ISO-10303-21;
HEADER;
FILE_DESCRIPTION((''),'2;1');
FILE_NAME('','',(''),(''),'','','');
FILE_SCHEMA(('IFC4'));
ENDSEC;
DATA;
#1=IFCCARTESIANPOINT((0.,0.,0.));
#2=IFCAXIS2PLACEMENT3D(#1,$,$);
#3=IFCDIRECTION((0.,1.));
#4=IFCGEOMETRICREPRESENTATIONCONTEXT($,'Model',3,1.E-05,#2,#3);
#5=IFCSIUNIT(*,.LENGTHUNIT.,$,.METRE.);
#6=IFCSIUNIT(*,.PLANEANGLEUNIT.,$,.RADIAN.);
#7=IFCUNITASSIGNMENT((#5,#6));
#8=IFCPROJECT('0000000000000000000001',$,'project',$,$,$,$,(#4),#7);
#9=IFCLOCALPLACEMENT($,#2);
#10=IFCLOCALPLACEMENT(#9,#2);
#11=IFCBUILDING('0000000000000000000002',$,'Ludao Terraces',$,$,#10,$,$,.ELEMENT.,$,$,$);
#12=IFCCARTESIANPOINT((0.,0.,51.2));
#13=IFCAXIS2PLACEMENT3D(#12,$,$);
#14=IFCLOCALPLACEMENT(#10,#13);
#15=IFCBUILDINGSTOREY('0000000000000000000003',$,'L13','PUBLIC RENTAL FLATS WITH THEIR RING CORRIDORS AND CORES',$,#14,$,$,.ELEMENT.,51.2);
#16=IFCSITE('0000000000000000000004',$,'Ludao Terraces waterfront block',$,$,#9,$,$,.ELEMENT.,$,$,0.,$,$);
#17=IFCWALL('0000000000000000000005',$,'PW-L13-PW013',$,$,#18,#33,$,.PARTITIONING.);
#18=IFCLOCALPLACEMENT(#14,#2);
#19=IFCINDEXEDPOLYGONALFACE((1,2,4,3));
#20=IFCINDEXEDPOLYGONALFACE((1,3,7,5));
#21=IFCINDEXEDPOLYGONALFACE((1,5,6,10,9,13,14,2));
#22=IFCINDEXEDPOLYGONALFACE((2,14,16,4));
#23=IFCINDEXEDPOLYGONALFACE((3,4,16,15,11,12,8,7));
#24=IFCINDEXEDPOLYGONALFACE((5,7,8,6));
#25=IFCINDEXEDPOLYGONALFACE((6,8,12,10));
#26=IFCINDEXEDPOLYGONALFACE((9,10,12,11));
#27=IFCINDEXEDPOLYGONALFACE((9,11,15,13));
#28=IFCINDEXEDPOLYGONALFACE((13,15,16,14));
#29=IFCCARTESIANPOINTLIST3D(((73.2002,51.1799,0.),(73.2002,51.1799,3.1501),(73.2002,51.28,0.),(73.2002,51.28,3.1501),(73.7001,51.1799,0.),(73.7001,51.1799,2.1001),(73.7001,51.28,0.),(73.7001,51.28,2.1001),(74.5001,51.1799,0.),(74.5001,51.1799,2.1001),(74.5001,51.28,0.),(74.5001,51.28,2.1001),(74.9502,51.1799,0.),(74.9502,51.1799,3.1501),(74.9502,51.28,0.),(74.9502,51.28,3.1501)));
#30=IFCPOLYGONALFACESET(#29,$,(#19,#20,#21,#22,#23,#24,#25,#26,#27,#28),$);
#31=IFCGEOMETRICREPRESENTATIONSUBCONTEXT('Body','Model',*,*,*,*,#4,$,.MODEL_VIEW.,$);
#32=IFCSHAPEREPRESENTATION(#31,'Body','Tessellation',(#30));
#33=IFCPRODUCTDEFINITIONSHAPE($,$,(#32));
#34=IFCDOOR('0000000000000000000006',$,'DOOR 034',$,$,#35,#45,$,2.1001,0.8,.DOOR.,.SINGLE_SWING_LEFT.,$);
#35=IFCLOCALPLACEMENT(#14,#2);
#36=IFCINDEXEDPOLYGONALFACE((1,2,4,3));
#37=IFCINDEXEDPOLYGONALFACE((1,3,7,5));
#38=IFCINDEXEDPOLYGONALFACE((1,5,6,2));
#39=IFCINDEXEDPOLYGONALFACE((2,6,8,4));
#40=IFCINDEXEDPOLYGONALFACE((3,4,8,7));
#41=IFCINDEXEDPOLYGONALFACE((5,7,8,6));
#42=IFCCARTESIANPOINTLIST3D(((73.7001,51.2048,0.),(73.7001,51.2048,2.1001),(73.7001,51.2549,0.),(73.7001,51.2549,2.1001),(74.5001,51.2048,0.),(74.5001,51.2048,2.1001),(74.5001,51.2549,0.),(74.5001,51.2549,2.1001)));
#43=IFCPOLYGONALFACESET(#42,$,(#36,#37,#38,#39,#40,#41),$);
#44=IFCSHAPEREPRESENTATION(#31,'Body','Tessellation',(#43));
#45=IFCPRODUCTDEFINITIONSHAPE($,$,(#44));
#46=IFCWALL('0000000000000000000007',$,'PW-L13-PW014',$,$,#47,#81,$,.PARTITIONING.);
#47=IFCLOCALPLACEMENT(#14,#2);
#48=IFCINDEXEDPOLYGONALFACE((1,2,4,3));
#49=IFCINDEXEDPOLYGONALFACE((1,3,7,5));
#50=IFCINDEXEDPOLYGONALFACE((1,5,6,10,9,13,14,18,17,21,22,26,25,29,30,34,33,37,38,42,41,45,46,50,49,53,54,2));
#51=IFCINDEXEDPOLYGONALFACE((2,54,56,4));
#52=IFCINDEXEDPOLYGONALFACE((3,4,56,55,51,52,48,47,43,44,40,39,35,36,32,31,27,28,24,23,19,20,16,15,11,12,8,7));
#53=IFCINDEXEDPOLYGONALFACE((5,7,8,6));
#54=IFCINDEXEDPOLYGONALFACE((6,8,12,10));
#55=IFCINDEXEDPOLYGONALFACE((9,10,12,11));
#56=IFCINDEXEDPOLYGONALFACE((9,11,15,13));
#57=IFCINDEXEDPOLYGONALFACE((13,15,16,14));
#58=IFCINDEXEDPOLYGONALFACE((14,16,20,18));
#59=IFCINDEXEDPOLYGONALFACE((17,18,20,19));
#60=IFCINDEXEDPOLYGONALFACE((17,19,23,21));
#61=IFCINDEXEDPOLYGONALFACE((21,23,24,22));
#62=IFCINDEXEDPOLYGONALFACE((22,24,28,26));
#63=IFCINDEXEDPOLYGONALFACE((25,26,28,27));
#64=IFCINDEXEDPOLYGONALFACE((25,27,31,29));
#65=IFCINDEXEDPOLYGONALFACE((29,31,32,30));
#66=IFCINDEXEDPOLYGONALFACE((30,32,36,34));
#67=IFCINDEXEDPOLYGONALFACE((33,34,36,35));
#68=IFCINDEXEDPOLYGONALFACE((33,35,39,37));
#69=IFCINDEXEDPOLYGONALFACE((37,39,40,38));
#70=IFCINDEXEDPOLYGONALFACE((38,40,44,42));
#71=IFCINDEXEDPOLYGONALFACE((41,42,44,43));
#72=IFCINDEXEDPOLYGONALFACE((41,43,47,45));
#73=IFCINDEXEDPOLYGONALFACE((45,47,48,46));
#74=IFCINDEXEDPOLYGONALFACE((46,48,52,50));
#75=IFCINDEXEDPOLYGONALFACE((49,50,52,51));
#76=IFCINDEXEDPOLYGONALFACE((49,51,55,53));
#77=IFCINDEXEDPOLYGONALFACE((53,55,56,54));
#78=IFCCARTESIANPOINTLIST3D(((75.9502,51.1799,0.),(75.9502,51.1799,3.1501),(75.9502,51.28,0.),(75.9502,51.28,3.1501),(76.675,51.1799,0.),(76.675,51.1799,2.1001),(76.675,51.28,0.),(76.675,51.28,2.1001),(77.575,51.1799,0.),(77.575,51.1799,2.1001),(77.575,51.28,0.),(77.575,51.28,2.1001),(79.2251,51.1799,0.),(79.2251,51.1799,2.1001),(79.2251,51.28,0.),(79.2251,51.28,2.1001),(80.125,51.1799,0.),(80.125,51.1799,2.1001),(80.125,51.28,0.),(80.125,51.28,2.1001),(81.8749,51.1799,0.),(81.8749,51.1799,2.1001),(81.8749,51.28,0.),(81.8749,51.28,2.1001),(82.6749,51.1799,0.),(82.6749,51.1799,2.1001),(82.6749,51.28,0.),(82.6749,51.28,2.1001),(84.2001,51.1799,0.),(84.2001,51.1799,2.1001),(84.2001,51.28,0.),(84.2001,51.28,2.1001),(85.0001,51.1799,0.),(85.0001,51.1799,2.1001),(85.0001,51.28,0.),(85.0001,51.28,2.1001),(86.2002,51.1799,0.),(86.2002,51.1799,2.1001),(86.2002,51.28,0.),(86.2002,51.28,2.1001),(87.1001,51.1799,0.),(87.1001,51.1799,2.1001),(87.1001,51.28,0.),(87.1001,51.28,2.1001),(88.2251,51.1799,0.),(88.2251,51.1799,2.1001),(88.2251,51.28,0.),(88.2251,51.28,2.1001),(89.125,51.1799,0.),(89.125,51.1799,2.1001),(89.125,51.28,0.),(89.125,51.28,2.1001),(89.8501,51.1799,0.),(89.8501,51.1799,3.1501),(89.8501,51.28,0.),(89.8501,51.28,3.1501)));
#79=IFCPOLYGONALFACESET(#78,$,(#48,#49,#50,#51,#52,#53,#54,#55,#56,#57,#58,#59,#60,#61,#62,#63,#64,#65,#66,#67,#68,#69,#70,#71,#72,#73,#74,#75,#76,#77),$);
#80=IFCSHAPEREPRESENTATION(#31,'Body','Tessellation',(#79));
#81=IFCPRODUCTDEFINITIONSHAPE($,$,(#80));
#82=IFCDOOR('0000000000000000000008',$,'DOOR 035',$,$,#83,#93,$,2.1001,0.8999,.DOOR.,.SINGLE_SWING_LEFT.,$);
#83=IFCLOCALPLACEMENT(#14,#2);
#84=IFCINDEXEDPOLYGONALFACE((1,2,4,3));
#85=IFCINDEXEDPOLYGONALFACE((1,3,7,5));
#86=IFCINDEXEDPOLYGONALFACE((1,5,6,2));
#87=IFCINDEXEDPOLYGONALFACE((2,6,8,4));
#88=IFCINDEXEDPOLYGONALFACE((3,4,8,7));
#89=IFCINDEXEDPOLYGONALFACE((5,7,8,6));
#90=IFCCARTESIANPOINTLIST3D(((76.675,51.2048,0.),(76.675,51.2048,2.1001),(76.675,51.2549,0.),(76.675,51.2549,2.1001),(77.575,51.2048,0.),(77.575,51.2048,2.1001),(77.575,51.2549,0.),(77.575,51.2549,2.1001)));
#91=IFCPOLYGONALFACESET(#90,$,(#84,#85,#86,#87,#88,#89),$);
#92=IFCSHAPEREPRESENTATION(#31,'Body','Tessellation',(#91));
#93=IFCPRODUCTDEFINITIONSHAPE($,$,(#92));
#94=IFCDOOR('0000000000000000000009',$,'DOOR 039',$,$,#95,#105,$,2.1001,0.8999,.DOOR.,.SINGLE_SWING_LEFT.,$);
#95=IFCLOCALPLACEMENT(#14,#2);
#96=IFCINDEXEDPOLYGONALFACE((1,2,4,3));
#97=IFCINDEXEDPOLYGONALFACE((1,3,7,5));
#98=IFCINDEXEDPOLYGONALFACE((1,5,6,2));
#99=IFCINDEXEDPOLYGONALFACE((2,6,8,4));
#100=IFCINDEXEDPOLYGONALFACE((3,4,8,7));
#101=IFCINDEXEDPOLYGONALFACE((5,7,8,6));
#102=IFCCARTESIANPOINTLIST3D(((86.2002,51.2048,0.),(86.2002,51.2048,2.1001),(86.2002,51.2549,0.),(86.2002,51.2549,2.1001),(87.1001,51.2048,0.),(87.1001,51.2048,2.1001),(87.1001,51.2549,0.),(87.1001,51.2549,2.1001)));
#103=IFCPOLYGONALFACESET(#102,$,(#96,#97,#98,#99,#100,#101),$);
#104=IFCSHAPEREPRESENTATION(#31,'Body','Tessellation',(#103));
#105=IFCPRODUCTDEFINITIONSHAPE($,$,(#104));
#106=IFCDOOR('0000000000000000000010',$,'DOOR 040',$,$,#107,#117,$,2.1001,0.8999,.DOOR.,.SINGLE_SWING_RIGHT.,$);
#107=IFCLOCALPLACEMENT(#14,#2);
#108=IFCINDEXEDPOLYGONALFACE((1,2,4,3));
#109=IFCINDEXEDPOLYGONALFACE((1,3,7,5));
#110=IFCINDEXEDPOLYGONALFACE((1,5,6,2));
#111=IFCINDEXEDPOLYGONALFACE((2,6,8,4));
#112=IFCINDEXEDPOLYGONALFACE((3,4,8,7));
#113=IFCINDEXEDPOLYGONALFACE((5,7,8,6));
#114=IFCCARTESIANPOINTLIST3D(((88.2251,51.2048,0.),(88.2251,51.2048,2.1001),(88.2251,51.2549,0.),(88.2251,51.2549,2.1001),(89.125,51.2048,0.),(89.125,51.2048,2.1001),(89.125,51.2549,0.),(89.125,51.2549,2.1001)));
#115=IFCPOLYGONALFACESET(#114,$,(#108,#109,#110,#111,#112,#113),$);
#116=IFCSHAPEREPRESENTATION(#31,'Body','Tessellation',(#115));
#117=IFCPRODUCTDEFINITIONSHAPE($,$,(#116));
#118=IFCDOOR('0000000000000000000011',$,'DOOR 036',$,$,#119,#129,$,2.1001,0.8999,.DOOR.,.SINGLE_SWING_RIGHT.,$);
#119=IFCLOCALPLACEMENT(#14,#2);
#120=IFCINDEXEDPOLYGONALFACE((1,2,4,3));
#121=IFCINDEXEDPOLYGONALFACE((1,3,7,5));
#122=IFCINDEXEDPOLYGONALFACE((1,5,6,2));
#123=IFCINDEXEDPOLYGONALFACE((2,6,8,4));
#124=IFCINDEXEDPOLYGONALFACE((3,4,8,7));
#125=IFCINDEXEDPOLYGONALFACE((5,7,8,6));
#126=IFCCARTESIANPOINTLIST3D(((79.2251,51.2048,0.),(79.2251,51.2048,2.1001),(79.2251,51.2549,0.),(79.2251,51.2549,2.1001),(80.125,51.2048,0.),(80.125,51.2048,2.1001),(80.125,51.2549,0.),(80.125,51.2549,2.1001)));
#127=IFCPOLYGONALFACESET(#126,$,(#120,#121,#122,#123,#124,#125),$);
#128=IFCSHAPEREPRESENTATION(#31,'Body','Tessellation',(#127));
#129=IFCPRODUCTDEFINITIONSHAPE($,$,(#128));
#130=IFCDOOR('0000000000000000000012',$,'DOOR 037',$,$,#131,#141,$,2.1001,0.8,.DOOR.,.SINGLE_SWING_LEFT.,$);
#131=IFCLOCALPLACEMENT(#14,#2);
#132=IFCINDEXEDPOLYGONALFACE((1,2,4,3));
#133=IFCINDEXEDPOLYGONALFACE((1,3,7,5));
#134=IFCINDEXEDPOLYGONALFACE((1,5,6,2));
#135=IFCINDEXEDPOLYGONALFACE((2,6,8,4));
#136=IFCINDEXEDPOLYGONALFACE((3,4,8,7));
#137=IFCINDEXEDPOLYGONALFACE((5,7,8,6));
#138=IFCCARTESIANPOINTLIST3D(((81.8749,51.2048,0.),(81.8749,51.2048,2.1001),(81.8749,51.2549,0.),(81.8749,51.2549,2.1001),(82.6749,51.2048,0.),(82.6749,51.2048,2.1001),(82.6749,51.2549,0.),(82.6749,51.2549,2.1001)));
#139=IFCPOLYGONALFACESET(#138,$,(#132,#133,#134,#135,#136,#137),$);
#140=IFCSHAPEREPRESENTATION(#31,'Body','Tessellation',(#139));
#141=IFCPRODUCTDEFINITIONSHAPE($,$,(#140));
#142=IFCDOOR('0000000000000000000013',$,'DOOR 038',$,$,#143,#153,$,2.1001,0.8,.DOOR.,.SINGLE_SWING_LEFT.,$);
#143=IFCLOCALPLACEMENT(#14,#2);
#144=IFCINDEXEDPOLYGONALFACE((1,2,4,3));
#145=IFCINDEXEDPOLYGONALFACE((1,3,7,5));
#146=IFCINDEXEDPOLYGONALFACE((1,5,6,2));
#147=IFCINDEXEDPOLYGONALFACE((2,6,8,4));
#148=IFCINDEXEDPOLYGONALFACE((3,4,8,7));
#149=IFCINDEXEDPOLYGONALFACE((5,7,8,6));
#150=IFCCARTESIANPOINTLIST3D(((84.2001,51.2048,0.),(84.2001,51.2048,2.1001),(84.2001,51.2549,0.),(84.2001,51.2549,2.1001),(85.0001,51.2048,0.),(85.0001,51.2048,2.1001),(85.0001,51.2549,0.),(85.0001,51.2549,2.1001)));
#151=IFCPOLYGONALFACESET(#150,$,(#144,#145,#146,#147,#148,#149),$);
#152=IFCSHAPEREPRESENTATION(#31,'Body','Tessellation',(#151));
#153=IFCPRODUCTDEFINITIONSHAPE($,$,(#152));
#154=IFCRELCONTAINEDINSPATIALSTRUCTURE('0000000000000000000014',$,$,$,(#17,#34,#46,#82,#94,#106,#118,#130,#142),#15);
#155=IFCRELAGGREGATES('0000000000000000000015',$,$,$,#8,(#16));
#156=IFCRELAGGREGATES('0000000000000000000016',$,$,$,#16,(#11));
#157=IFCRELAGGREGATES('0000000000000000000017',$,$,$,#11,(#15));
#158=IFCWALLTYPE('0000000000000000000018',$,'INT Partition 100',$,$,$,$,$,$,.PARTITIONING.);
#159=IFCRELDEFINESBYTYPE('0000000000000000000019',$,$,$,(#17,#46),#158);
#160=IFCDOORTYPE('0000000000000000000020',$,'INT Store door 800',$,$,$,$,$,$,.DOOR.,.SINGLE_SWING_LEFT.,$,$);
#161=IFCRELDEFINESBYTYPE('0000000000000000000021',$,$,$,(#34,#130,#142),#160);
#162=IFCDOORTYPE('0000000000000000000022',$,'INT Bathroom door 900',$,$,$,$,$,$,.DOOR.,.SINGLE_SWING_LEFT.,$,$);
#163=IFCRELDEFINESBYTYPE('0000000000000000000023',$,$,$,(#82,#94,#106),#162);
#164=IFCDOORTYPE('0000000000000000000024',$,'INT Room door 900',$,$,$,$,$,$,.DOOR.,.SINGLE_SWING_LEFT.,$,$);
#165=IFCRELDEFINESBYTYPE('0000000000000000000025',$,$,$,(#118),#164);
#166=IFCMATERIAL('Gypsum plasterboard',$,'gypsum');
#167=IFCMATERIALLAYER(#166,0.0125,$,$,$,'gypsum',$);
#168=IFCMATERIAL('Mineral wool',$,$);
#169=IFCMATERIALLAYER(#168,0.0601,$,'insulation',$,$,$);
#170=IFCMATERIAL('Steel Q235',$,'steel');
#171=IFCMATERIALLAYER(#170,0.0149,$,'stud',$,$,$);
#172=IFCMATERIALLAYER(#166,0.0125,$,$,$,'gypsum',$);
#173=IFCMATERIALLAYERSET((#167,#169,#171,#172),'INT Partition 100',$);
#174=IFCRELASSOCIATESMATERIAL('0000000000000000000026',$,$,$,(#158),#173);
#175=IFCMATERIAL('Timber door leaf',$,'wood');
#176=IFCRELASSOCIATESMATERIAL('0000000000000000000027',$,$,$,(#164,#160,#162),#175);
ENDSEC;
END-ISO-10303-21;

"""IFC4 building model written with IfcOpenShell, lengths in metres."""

from ifc_helpers import new_model, si_unit, direction, frame, frame_2d, origin, place, context, subcontext, project, spatial, rectangle, extrude, material, layer, layer_set, type_object, element, fill, save


model = new_model("IFC4")

# Units and contexts
model_context = context("Model", 3, precision=1e-05, world=origin(), true_north=direction((0.0, 1.0)))
body_context = subcontext(model_context, "Body", "Model", "MODEL_VIEW")
ifc_project = project(units=[si_unit("LENGTHUNIT", "METRE"), si_unit("PLANEANGLEUNIT", "RADIAN")], contexts=[model_context])

# Site, building, storey
site_placement = place(None, origin())
site = spatial("IfcSite", under=ifc_project, at=site_placement, Name="Ludao Terraces waterfront block", CompositionType="ELEMENT", RefElevation=0.0)
building_placement = place(site_placement, origin())
building = spatial("IfcBuilding", under=site, at=building_placement, Name="Ludao Terraces", CompositionType="ELEMENT")
storey_placement = place(building_placement, frame((0.0, 0.0, 51.2)))
storey = spatial("IfcBuildingStorey", under=building, at=storey_placement, Name="L13", Description="PUBLIC RENTAL FLATS WITH THEIR RING CORRIDORS AND CORES", CompositionType="ELEMENT", Elevation=51.2)

# Shared definitions
ifc_material_1 = material(Name="Gypsum plasterboard", Category="gypsum")
ifc_layer_1 = layer(ifc_material_1, 0.0125, Category="gypsum")
ifc_material_2 = material(Name="Mineral wool")
ifc_layer_2 = layer(ifc_material_2, 0.0601, Name="insulation")
ifc_material_3 = material(Name="Steel Q235", Category="steel")
ifc_layer_3 = layer(ifc_material_3, 0.0149, Name="stud")
ifc_layer_4 = layer(ifc_material_1, 0.0125, Category="gypsum")
ifc_layer_set = layer_set([ifc_layer_1, ifc_layer_2, ifc_layer_3, ifc_layer_4], Name="INT Partition 100")
wall_type = type_object("IfcWallType", Name="INT Partition 100", PredefinedType="PARTITIONING", material=ifc_layer_set)
ifc_material_4 = material(Name="Timber door leaf", Category="wood")
door_type_1 = type_object("IfcDoorType", Name="INT Room door 900", OperationType="SINGLE_SWING_LEFT", PredefinedType="DOOR", material=ifc_material_4)

# Wall, opening, door
wall_1_placement = place(storey_placement, frame((73.2002, 51.23, 0.0), z_axis=(0.0, 0.0, 1.0), x_axis=(1.0, 0.0, 0.0)))
wall_1 = element("IfcWall", 1, at=wall_1_placement, inside=storey, type_object=wall_type, Name="PW-L13-PW013", PredefinedType="PARTITIONING", context=body_context, shape_type="SweptSolid", body=[
    extrude(rectangle(XDim=1.75, YDim=0.1001, at=frame_2d((0.875, 0.0))), origin(), (0.0, 0.0, 1.0), 3.1501),
])
opening_1_placement = place(wall_1_placement, frame((0.5, 0.0, 0.0)))
opening_1 = element("IfcOpeningElement", 2, at=opening_1_placement, cuts=wall_1, PredefinedType="OPENING", context=body_context, shape_type="SweptSolid", body=[
    extrude(rectangle(XDim=0.8, YDim=2.1001, at=frame_2d((0.3999, 1.05))), frame((0.0, 0.0601, 0.0), z_axis=(0.0, -1.0, 0.0), x_axis=(1.0, 0.0, 0.0)), (0.0, 0.0, 1.0), 0.1201),
])
door_type_2 = type_object("IfcDoorType", Name="INT Store door 800", OperationType="SINGLE_SWING_LEFT", PredefinedType="DOOR", material=ifc_material_4)
door_1_placement = place(opening_1_placement, origin())
door_1 = element("IfcDoor", 3, at=door_1_placement, inside=storey, type_object=door_type_2, Name="DOOR 034", OperationType="SINGLE_SWING_LEFT", OverallHeight=2.1001, OverallWidth=0.8, PredefinedType="DOOR", context=body_context, shape_type="SweptSolid", body=[
    extrude(rectangle(XDim=0.8, YDim=2.1001, at=frame_2d((0.3999, 1.05))), frame((0.0, 0.0249, 0.0), z_axis=(0.0, -1.0, 0.0), x_axis=(1.0, 0.0, 0.0)), (0.0, 0.0, 1.0), 0.05),
])
fill(opening_1, door_1)

# Wall, openings, doors
wall_2_placement = place(storey_placement, frame((75.9502, 51.23, 0.0), z_axis=(0.0, 0.0, 1.0), x_axis=(1.0, 0.0, 0.0)))
wall_2 = element("IfcWall", 4, at=wall_2_placement, inside=storey, type_object=wall_type, Name="PW-L13-PW014", PredefinedType="PARTITIONING", context=body_context, shape_type="SweptSolid", body=[
    extrude(rectangle(XDim=13.8999, YDim=0.1001, at=frame_2d((6.95, 0.0))), origin(), (0.0, 0.0, 1.0), 3.1501),
])
opening_2_placement = place(wall_2_placement, frame((0.7249, 0.0, 0.0)))
opening_2 = element("IfcOpeningElement", 5, at=opening_2_placement, cuts=wall_2, PredefinedType="OPENING", context=body_context, shape_type="SweptSolid", body=[
    extrude(rectangle(XDim=0.8999, YDim=2.1001, at=frame_2d((0.45, 1.05))), frame((0.0, 0.0601, 0.0), z_axis=(0.0, -1.0, 0.0), x_axis=(1.0, 0.0, 0.0)), (0.0, 0.0, 1.0), 0.1201),
])
opening_3_placement = place(wall_2_placement, frame((3.2749, 0.0, 0.0)))
opening_3 = element("IfcOpeningElement", 6, at=opening_3_placement, cuts=wall_2, PredefinedType="OPENING", context=body_context, shape_type="SweptSolid", body=[
    extrude(rectangle(XDim=0.8999, YDim=2.1001, at=frame_2d((0.45, 1.05))), frame((0.0, 0.0601, 0.0), z_axis=(0.0, -1.0, 0.0), x_axis=(1.0, 0.0, 0.0)), (0.0, 0.0, 1.0), 0.1201),
])
opening_4_placement = place(wall_2_placement, frame((5.9248, 0.0, 0.0)))
opening_4 = element("IfcOpeningElement", 7, at=opening_4_placement, cuts=wall_2, PredefinedType="OPENING", context=body_context, shape_type="SweptSolid", body=[
    extrude(rectangle(XDim=0.8, YDim=2.1001, at=frame_2d((0.3999, 1.05))), frame((0.0, 0.0601, 0.0), z_axis=(0.0, -1.0, 0.0), x_axis=(1.0, 0.0, 0.0)), (0.0, 0.0, 1.0), 0.1201),
])
opening_5_placement = place(wall_2_placement, frame((8.25, 0.0, 0.0)))
opening_5 = element("IfcOpeningElement", 8, at=opening_5_placement, cuts=wall_2, PredefinedType="OPENING", context=body_context, shape_type="SweptSolid", body=[
    extrude(rectangle(XDim=0.8, YDim=2.1001, at=frame_2d((0.3999, 1.05))), frame((0.0, 0.0601, 0.0), z_axis=(0.0, -1.0, 0.0), x_axis=(1.0, 0.0, 0.0)), (0.0, 0.0, 1.0), 0.1201),
])
opening_6_placement = place(wall_2_placement, frame((10.25, 0.0, 0.0)))
opening_6 = element("IfcOpeningElement", 9, at=opening_6_placement, cuts=wall_2, PredefinedType="OPENING", context=body_context, shape_type="SweptSolid", body=[
    extrude(rectangle(XDim=0.8999, YDim=2.1001, at=frame_2d((0.45, 1.05))), frame((0.0, 0.0601, 0.0), z_axis=(0.0, -1.0, 0.0), x_axis=(1.0, 0.0, 0.0)), (0.0, 0.0, 1.0), 0.1201),
])
opening_7_placement = place(wall_2_placement, frame((12.2749, 0.0, 0.0)))
opening_7 = element("IfcOpeningElement", 10, at=opening_7_placement, cuts=wall_2, PredefinedType="OPENING", context=body_context, shape_type="SweptSolid", body=[
    extrude(rectangle(XDim=0.8999, YDim=2.1001, at=frame_2d((0.45, 1.05))), frame((0.0, 0.0601, 0.0), z_axis=(0.0, -1.0, 0.0), x_axis=(1.0, 0.0, 0.0)), (0.0, 0.0, 1.0), 0.1201),
])
door_type_3 = type_object("IfcDoorType", Name="INT Bathroom door 900", OperationType="SINGLE_SWING_LEFT", PredefinedType="DOOR", material=ifc_material_4)
door_2_placement = place(opening_2_placement, origin())
door_2 = element("IfcDoor", 11, at=door_2_placement, inside=storey, type_object=door_type_3, Name="DOOR 035", OperationType="SINGLE_SWING_LEFT", OverallHeight=2.1001, OverallWidth=0.8999, PredefinedType="DOOR", context=body_context, shape_type="SweptSolid", body=[
    extrude(rectangle(XDim=0.8999, YDim=2.1001, at=frame_2d((0.45, 1.05))), frame((0.0, 0.0249, 0.0), z_axis=(0.0, -1.0, 0.0), x_axis=(1.0, 0.0, 0.0)), (0.0, 0.0, 1.0), 0.05),
])
fill(opening_2, door_2)
door_3_placement = place(opening_6_placement, origin())
door_3 = element("IfcDoor", 12, at=door_3_placement, inside=storey, type_object=door_type_3, Name="DOOR 039", OperationType="SINGLE_SWING_LEFT", OverallHeight=2.1001, OverallWidth=0.8999, PredefinedType="DOOR", context=body_context, shape_type="SweptSolid", body=[
    extrude(rectangle(XDim=0.8999, YDim=2.1001, at=frame_2d((0.45, 1.05))), frame((0.0, 0.0249, 0.0), z_axis=(0.0, -1.0, 0.0), x_axis=(1.0, 0.0, 0.0)), (0.0, 0.0, 1.0), 0.05),
])
fill(opening_6, door_3)
door_4_placement = place(opening_7_placement, origin())
door_4 = element("IfcDoor", 13, at=door_4_placement, inside=storey, type_object=door_type_3, Name="DOOR 040", OperationType="SINGLE_SWING_RIGHT", OverallHeight=2.1001, OverallWidth=0.8999, PredefinedType="DOOR", context=body_context, shape_type="SweptSolid", body=[
    extrude(rectangle(XDim=0.8999, YDim=2.1001, at=frame_2d((0.45, 1.05))), frame((0.0, 0.0249, 0.0), z_axis=(0.0, -1.0, 0.0), x_axis=(1.0, 0.0, 0.0)), (0.0, 0.0, 1.0), 0.05),
])
fill(opening_7, door_4)
door_5_placement = place(opening_3_placement, origin())
door_5 = element("IfcDoor", 14, at=door_5_placement, inside=storey, type_object=door_type_1, Name="DOOR 036", OperationType="SINGLE_SWING_RIGHT", OverallHeight=2.1001, OverallWidth=0.8999, PredefinedType="DOOR", context=body_context, shape_type="SweptSolid", body=[
    extrude(rectangle(XDim=0.8999, YDim=2.1001, at=frame_2d((0.45, 1.05))), frame((0.0, 0.0249, 0.0), z_axis=(0.0, -1.0, 0.0), x_axis=(1.0, 0.0, 0.0)), (0.0, 0.0, 1.0), 0.05),
])
fill(opening_3, door_5)
door_6_placement = place(opening_4_placement, origin())
door_6 = element("IfcDoor", 15, at=door_6_placement, inside=storey, type_object=door_type_2, Name="DOOR 037", OperationType="SINGLE_SWING_LEFT", OverallHeight=2.1001, OverallWidth=0.8, PredefinedType="DOOR", context=body_context, shape_type="SweptSolid", body=[
    extrude(rectangle(XDim=0.8, YDim=2.1001, at=frame_2d((0.3999, 1.05))), frame((0.0, 0.0249, 0.0), z_axis=(0.0, -1.0, 0.0), x_axis=(1.0, 0.0, 0.0)), (0.0, 0.0, 1.0), 0.05),
])
fill(opening_4, door_6)
door_7_placement = place(opening_5_placement, origin())
door_7 = element("IfcDoor", 16, at=door_7_placement, inside=storey, type_object=door_type_2, Name="DOOR 038", OperationType="SINGLE_SWING_LEFT", OverallHeight=2.1001, OverallWidth=0.8, PredefinedType="DOOR", context=body_context, shape_type="SweptSolid", body=[
    extrude(rectangle(XDim=0.8, YDim=2.1001, at=frame_2d((0.3999, 1.05))), frame((0.0, 0.0249, 0.0), z_axis=(0.0, -1.0, 0.0), x_axis=(1.0, 0.0, 0.0)), (0.0, 0.0, 1.0), 0.05),
])
fill(opening_5, door_7)

save(model, "model.ifc")
